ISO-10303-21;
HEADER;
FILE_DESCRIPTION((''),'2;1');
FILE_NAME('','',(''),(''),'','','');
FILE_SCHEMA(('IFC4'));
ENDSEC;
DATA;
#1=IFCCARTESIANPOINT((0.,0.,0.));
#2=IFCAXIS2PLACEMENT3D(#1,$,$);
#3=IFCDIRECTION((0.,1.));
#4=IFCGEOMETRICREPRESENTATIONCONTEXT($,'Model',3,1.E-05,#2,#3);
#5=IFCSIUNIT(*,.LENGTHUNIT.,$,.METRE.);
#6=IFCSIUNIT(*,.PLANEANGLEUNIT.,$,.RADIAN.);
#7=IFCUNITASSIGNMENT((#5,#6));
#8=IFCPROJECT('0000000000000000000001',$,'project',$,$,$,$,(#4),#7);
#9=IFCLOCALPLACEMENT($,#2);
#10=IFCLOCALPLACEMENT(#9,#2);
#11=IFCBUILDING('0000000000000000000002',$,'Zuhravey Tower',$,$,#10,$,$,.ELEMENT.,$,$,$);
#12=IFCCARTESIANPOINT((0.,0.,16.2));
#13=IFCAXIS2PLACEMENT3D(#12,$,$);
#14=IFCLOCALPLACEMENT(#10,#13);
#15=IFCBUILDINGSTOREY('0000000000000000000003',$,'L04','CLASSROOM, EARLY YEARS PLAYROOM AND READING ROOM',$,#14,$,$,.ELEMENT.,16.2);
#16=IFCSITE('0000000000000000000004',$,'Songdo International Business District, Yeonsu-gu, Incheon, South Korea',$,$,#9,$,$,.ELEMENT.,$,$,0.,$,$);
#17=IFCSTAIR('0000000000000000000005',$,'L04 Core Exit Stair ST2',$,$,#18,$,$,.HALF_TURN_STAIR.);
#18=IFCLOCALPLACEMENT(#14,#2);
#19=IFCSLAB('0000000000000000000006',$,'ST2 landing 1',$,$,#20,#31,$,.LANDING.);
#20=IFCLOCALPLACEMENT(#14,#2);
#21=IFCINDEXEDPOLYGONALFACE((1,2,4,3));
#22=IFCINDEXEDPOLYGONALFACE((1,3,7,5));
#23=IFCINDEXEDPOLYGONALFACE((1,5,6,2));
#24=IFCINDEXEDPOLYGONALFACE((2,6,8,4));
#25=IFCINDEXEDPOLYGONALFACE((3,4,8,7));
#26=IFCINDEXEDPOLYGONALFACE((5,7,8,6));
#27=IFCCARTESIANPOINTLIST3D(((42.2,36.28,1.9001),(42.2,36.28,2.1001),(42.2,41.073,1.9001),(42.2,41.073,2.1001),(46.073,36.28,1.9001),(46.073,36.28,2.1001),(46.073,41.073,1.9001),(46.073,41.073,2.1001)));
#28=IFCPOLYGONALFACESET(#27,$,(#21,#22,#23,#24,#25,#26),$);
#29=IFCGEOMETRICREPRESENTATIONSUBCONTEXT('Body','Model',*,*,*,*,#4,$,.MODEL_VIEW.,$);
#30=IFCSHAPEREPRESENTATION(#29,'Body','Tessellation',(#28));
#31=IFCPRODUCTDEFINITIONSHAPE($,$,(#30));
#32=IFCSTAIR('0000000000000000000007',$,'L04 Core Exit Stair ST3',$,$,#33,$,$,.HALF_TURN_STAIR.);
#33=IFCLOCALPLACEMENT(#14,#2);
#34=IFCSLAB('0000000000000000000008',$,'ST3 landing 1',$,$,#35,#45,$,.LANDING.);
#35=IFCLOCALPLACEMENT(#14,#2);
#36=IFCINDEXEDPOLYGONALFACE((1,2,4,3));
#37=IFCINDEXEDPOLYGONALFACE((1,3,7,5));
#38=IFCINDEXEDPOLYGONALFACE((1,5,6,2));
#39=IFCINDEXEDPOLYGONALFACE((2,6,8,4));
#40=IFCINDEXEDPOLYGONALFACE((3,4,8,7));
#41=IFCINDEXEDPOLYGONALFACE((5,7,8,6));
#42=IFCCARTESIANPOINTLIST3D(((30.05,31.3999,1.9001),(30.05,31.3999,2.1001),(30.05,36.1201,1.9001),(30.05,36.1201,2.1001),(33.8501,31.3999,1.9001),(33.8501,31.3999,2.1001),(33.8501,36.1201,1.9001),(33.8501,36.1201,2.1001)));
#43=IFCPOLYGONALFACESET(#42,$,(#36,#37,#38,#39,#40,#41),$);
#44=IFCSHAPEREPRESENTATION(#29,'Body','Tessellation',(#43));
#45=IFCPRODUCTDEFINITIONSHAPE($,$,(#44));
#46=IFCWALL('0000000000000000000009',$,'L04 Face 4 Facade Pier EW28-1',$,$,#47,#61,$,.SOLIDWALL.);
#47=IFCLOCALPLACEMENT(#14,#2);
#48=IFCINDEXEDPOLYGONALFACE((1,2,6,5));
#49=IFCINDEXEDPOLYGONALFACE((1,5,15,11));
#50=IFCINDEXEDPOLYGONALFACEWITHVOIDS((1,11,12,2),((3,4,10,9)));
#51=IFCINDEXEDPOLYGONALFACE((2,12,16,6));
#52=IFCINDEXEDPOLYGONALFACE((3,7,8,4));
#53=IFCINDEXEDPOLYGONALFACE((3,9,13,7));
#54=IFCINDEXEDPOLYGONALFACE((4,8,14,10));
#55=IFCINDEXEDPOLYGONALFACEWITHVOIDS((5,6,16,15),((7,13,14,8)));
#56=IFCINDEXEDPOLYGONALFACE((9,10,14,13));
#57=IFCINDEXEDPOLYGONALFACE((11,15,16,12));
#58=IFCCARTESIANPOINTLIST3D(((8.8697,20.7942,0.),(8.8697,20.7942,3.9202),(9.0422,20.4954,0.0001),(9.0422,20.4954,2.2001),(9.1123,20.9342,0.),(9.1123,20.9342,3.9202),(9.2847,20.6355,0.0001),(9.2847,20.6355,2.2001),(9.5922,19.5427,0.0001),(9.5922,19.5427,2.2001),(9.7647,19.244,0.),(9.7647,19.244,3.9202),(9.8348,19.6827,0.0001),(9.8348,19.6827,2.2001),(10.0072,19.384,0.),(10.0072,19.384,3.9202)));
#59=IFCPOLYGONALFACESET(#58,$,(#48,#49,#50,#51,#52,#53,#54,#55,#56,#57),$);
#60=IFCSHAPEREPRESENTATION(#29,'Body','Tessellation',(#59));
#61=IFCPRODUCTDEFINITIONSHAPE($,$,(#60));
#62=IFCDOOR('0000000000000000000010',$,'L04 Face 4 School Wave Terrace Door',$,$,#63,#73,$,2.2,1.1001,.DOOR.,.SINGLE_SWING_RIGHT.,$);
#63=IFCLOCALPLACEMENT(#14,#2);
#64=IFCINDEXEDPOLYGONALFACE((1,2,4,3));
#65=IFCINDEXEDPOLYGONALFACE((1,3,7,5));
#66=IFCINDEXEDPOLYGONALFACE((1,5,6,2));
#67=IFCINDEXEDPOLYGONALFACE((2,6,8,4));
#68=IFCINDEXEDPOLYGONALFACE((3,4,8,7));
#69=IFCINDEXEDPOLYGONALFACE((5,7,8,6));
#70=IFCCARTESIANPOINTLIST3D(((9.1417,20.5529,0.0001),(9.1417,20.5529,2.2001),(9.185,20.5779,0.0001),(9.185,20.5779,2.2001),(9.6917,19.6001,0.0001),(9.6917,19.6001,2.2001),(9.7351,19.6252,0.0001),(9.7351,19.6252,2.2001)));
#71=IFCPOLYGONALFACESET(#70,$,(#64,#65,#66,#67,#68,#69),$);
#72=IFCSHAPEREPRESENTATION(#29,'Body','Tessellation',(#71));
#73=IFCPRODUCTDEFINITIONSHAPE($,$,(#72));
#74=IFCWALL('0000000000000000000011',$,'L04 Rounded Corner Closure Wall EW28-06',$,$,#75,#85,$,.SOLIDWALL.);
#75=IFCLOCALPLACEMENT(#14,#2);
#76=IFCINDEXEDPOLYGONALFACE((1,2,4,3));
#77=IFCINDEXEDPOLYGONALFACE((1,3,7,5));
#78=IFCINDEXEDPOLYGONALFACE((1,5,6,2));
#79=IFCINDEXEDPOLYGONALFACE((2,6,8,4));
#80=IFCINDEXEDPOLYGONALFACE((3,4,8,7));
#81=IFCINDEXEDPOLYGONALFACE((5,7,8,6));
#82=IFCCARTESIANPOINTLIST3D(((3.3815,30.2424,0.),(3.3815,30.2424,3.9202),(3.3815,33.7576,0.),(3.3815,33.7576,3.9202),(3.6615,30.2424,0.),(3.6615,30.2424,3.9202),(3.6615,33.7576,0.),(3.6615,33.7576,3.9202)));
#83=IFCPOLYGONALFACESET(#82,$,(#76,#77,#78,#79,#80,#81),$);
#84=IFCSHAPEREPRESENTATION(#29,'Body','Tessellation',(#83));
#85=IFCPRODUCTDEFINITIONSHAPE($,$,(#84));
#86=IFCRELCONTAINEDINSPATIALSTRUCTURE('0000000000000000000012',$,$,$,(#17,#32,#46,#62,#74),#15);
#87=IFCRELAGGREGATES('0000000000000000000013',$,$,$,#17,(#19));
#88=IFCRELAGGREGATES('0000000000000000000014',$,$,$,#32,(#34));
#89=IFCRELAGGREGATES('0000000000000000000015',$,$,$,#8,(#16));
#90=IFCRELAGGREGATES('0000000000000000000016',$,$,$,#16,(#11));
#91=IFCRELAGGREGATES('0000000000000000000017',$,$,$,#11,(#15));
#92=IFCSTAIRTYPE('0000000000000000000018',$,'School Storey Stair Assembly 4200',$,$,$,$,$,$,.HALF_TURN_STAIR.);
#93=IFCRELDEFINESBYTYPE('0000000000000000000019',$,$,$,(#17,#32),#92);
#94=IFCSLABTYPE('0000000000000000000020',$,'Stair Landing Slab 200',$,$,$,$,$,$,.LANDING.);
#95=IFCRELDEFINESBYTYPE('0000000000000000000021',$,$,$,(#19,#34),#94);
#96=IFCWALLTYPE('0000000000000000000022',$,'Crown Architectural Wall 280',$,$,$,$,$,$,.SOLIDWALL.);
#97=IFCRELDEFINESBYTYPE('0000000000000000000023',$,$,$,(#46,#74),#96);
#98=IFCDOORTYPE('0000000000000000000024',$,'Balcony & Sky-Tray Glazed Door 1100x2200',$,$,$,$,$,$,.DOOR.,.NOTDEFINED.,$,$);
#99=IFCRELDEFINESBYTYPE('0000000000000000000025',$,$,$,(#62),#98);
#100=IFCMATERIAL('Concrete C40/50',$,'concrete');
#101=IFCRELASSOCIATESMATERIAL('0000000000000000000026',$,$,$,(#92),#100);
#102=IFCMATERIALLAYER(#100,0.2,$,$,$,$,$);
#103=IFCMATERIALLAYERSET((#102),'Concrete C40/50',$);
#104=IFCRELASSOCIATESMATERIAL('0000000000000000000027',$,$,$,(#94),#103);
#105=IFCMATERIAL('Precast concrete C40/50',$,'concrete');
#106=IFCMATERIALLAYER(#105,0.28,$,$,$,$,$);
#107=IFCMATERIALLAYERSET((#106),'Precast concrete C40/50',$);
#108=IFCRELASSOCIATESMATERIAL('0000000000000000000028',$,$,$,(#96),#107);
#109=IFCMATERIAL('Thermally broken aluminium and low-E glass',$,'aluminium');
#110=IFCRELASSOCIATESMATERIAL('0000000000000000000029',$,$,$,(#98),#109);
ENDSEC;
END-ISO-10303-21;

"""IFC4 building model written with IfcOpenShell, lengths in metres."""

from ifc_helpers import new_model, si_unit, direction, frame, frame_2d, origin, place, context, subcontext, project, spatial, polyline, rectangle, outline, extrude, material, layer, layer_set, type_object, element, fill, aggregate, save


model = new_model("IFC4")

# Units and contexts
model_context = context("Model", 3, precision=1e-05, world=origin(), true_north=direction((0.0, 1.0)))
body_context = subcontext(model_context, "Body", "Model", "MODEL_VIEW")
ifc_project = project(units=[si_unit("LENGTHUNIT", "METRE"), si_unit("PLANEANGLEUNIT", "RADIAN")], contexts=[model_context])

# Site, building, storey
site_placement = place(None, origin())
site = spatial("IfcSite", under=ifc_project, at=site_placement, Name="Songdo International Business District, Yeonsu-gu, Incheon, South Korea", CompositionType="ELEMENT", RefElevation=0.0)
building_placement = place(site_placement, origin())
building = spatial("IfcBuilding", under=site, at=building_placement, Name="Zuhravey Tower", CompositionType="ELEMENT")
storey_placement = place(building_placement, frame((0.0, 0.0, 16.2)))
storey = spatial("IfcBuildingStorey", under=building, at=storey_placement, Name="L04", Description="CLASSROOM, EARLY YEARS PLAYROOM AND READING ROOM", CompositionType="ELEMENT", Elevation=16.2)

# Shared definitions
ifc_material_1 = material(Name="Precast concrete C40/50", Category="concrete")

# Stairs, slabs
ifc_material_2 = material(Name="Concrete C40/50", Category="concrete")
stair_type = type_object("IfcStairType", Name="School Storey Stair Assembly 4200", PredefinedType="HALF_TURN_STAIR", material=ifc_material_2)
ifc_layer_1 = layer(ifc_material_2, 0.2)
ifc_layer_set_1 = layer_set([ifc_layer_1], Name="Concrete C40/50")
slab_type_1 = type_object("IfcSlabType", Name="Stair Landing Slab 200", PredefinedType="LANDING", material=ifc_layer_set_1)
stair_1_placement = place(storey_placement, origin())
stair_1 = element("IfcStair", 1, at=stair_1_placement, inside=storey, type_object=stair_type, Name="L04 Core Exit Stair ST2", PredefinedType="HALF_TURN_STAIR")
slab_1_placement = place(storey_placement, frame((0.0, 0.0, 1.9001)))
slab_1 = element("IfcSlab", 2, at=slab_1_placement, type_object=slab_type_1, Name="ST2 landing 1", PredefinedType="LANDING", context=body_context, shape_type="SweptSolid", body=[
    extrude(outline(polyline([(46.073, 36.28), (46.073, 41.073), (42.2, 41.073), (42.2, 36.28), (46.073, 36.28)])), origin(), (0.0, 0.0, 1.0), 0.2),
])
aggregate(stair_1, [slab_1])
stair_2_placement = place(storey_placement, origin())
stair_2 = element("IfcStair", 3, at=stair_2_placement, inside=storey, type_object=stair_type, Name="L04 Core Exit Stair ST3", PredefinedType="HALF_TURN_STAIR")
slab_2_placement = place(storey_placement, frame((0.0, 0.0, 1.9001)))
slab_2 = element("IfcSlab", 4, at=slab_2_placement, type_object=slab_type_1, Name="ST3 landing 1", PredefinedType="LANDING", context=body_context, shape_type="SweptSolid", body=[
    extrude(outline(polyline([(30.05, 36.1201), (30.05, 31.3999), (33.8501, 31.3999), (33.8501, 36.1201), (30.05, 36.1201)])), origin(), (0.0, 0.0, 1.0), 0.2),
])
aggregate(stair_2, [slab_2])

# Wall, opening, door
ifc_layer_2 = layer(ifc_material_1, 0.28)
ifc_layer_set_2 = layer_set([ifc_layer_2], Name="Precast concrete C40/50")
wall_type = type_object("IfcWallType", Name="Crown Architectural Wall 280", PredefinedType="SOLIDWALL", material=ifc_layer_set_2)
wall_1_placement = place(storey_placement, frame((9.886, 19.314, 0.0), z_axis=(0.0, 0.0, 1.0), x_axis=(-0.499982, 0.866036, 0.0)))
wall_1 = element("IfcWall", 5, at=wall_1_placement, inside=storey, type_object=wall_type, Name="L04 Face 4 Facade Pier EW28-1", PredefinedType="SOLIDWALL", context=body_context, shape_type="SweptSolid", body=[
    extrude(rectangle(XDim=1.79, YDim=0.28, at=frame_2d((0.895, 0.0))), origin(), (0.0, 0.0, 1.0), 3.9202),
])
opening_placement = place(wall_1_placement, frame((0.345, 0.0, 0.0)))
opening = element("IfcOpeningElement", 6, at=opening_placement, cuts=wall_1, PredefinedType="OPENING", context=body_context, shape_type="SweptSolid", body=[
    extrude(rectangle(XDim=1.1001, YDim=2.2, at=frame_2d((0.55, 1.1001))), frame((0.0, 0.1521, 0.0), z_axis=(0.0, -1.0, 0.0), x_axis=(1.0, 0.0, 0.0)), (0.0, 0.0, 1.0), 0.304),
])
ifc_material_3 = material(Name="Thermally broken aluminium and low-E glass", Category="aluminium")
door_type = type_object("IfcDoorType", Name="Balcony & Sky-Tray Glazed Door 1100x2200", OperationType="NOTDEFINED", PredefinedType="DOOR", material=ifc_material_3)
door_placement = place(opening_placement, frame((1.1001, 0.0, 0.0), z_axis=(0.0, 0.0, 1.0), x_axis=(-1.0, 0.0, 0.0)))
door = element("IfcDoor", 7, at=door_placement, inside=storey, type_object=door_type, Name="L04 Face 4 School Wave Terrace Door", OperationType="SINGLE_SWING_RIGHT", OverallHeight=2.2, OverallWidth=1.1001, PredefinedType="DOOR", context=body_context, shape_type="SweptSolid", body=[
    extrude(rectangle(XDim=1.1001, YDim=2.2, at=frame_2d((0.55, 1.1001))), frame((0.0, 0.0249, 0.0), z_axis=(0.0, -1.0, 0.0), x_axis=(1.0, 0.0, 0.0)), (0.0, 0.0, 1.0), 0.05),
])
fill(opening, door)

# Wall
wall_2_placement = place(storey_placement, frame((3.5215, 30.2424, 0.0), z_axis=(0.0, 0.0, 1.0), x_axis=(0.0, 1.0, 0.0)))
element("IfcWall", 8, at=wall_2_placement, inside=storey, type_object=wall_type, Name="L04 Rounded Corner Closure Wall EW28-06", PredefinedType="SOLIDWALL", context=body_context, shape_type="SweptSolid", body=[
    extrude(rectangle(XDim=3.5151, YDim=0.28, at=frame_2d((1.7576, 0.0))), origin(), (0.0, 0.0, 1.0), 3.9202),
])

save(model, "model.ifc")
